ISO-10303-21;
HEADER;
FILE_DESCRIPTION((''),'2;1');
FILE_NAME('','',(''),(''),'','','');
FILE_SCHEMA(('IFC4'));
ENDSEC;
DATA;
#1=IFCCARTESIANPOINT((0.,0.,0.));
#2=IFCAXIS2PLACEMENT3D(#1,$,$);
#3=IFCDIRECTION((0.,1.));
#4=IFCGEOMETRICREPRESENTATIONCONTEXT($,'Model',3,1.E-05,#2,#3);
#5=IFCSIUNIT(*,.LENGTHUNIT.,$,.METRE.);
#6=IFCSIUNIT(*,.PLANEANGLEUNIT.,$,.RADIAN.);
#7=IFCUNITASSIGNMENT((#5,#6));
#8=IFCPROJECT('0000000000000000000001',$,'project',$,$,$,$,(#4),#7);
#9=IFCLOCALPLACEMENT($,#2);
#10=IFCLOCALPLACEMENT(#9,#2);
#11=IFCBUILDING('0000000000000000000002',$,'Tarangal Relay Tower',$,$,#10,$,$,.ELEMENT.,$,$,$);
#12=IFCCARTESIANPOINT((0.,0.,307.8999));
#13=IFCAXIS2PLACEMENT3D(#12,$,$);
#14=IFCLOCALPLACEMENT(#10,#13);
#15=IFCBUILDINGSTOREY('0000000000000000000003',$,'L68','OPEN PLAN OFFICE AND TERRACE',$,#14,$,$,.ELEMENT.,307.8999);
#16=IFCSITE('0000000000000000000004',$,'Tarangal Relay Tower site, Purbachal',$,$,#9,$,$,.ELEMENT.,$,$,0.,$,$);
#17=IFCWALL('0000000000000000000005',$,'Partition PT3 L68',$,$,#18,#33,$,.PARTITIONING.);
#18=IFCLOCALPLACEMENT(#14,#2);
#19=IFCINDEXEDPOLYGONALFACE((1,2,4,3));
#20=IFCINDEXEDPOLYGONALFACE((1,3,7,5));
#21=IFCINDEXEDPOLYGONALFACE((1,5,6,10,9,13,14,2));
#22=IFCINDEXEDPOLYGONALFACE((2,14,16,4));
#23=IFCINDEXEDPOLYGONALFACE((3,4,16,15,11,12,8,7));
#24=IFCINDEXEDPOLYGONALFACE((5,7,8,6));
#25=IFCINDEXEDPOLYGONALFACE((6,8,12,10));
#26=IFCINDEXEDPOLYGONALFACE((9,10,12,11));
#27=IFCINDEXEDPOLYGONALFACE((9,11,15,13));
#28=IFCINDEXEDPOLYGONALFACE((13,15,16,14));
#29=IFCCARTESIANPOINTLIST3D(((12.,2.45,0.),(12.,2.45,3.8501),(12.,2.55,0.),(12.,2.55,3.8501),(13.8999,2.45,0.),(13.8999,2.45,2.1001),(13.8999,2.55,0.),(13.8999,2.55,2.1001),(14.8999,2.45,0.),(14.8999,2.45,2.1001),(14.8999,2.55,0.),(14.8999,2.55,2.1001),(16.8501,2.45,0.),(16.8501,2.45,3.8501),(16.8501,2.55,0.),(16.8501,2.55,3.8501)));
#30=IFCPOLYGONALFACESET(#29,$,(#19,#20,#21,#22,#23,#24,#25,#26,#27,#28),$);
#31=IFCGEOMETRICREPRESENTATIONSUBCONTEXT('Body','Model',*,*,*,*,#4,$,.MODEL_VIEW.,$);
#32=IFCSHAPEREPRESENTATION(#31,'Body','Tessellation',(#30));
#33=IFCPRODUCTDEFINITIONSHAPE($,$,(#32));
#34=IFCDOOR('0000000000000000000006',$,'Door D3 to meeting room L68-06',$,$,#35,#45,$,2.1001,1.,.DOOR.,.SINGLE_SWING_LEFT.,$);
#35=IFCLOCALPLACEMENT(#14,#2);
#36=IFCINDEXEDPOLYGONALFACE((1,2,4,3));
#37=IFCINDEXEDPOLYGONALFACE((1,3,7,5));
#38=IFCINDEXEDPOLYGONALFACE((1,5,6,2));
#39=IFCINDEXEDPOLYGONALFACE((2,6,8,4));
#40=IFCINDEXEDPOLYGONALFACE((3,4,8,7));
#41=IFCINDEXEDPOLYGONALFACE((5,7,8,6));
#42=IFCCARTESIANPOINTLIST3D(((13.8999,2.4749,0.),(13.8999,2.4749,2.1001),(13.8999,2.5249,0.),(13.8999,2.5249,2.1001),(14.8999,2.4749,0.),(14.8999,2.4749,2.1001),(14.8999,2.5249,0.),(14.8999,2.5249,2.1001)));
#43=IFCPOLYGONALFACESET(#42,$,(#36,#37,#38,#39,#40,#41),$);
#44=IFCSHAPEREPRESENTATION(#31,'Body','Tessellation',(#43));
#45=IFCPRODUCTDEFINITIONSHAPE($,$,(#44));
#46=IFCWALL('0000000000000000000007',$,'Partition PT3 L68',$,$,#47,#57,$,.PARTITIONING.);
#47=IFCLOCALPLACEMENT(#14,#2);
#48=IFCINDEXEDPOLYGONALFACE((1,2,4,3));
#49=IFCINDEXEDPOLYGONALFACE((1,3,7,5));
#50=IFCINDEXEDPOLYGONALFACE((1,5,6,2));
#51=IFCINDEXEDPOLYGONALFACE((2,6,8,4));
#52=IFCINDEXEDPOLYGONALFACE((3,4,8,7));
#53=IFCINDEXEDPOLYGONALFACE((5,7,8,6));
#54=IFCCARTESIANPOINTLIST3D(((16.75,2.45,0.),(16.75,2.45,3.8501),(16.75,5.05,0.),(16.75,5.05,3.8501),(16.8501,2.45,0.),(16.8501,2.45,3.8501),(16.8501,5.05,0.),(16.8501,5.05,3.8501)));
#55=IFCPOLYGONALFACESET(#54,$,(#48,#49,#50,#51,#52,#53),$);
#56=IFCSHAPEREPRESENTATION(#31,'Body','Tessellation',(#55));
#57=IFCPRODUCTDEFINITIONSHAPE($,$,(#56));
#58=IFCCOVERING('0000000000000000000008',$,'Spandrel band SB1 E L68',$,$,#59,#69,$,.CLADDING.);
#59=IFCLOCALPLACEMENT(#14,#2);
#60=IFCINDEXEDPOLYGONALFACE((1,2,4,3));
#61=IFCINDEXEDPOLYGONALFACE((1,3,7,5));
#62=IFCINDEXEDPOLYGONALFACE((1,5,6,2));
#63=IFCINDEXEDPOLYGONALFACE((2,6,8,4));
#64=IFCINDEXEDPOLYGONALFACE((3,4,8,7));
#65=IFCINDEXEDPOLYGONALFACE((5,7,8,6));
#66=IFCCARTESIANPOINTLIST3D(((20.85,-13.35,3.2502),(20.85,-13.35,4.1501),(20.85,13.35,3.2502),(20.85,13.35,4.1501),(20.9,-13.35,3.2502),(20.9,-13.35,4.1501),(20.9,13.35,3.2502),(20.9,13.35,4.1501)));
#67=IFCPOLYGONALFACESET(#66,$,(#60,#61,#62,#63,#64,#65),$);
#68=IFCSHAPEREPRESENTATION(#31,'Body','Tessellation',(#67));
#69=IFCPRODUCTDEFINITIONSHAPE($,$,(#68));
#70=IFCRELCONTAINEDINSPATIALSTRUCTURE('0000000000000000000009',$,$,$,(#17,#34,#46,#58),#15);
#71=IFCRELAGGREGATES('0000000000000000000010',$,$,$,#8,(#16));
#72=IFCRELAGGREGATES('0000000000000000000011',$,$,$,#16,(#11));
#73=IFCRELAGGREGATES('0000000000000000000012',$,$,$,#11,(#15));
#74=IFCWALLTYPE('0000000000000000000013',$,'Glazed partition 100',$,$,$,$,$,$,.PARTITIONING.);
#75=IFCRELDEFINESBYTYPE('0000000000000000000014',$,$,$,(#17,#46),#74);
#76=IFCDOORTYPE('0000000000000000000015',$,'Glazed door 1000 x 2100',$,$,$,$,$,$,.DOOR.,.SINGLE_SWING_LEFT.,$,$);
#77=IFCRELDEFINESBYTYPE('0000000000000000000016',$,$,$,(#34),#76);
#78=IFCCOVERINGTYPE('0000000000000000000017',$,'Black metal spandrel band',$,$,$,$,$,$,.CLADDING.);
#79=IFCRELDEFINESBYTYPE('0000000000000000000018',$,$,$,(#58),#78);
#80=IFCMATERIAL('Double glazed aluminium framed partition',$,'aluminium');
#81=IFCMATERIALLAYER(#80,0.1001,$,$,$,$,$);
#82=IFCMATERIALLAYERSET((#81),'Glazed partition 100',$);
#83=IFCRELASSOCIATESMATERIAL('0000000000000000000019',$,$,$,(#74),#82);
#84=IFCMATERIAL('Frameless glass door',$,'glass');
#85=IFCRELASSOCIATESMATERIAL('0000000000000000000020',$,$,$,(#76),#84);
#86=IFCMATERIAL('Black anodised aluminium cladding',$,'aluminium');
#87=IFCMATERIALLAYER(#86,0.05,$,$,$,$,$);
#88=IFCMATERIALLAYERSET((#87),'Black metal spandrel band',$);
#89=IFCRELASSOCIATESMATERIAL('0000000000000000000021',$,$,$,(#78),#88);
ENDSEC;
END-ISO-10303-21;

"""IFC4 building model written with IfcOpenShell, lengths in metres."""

from ifc_helpers import new_model, si_unit, direction, frame, frame_2d, origin, origin_2d, place, context, subcontext, project, spatial, rectangle, extrude, material, layer, layer_set, type_object, element, fill, save


model = new_model("IFC4")

# Units and contexts
model_context = context("Model", 3, precision=1e-05, world=origin(), true_north=direction((0.0, 1.0)))
body_context = subcontext(model_context, "Body", "Model", "MODEL_VIEW")
ifc_project = project(units=[si_unit("LENGTHUNIT", "METRE"), si_unit("PLANEANGLEUNIT", "RADIAN")], contexts=[model_context])

# Site, building, storey
site_placement = place(None, origin())
site = spatial("IfcSite", under=ifc_project, at=site_placement, Name="Tarangal Relay Tower site, Purbachal", CompositionType="ELEMENT", RefElevation=0.0)
building_placement = place(site_placement, origin())
building = spatial("IfcBuilding", under=site, at=building_placement, Name="Tarangal Relay Tower", CompositionType="ELEMENT")
storey_placement = place(building_placement, frame((0.0, 0.0, 307.8999)))
storey = spatial("IfcBuildingStorey", under=building, at=storey_placement, Name="L68", Description="OPEN PLAN OFFICE AND TERRACE", CompositionType="ELEMENT", Elevation=307.8999)

# Wall, opening, door
ifc_material_1 = material(Name="Double glazed aluminium framed partition", Category="aluminium")
ifc_layer_1 = layer(ifc_material_1, 0.1001)
ifc_layer_set_1 = layer_set([ifc_layer_1], Name="Glazed partition 100")
wall_type_1 = type_object("IfcWallType", Name="Glazed partition 100", PredefinedType="PARTITIONING", material=ifc_layer_set_1)
wall_1_placement = place(storey_placement, frame((12.0, 2.5, 0.0), z_axis=(0.0, 0.0, 1.0), x_axis=(1.0, 0.0, 0.0)))
wall_1 = element("IfcWall", 1, at=wall_1_placement, inside=storey, type_object=wall_type_1, Name="Partition PT3 L68", PredefinedType="PARTITIONING", context=body_context, shape_type="SweptSolid", body=[
    extrude(rectangle(XDim=4.8501, YDim=0.1001, at=frame_2d((2.425, 0.0))), origin(), (0.0, 0.0, 1.0), 3.8501),
])
opening_1_placement = place(wall_1_placement, frame((1.8999, 0.0, 0.0)))
opening_1 = element("IfcOpeningElement", 2, at=opening_1_placement, cuts=wall_1, PredefinedType="OPENING", context=body_context, shape_type="SweptSolid", body=[
    extrude(rectangle(XDim=1.0, YDim=2.1001, at=frame_2d((0.5, 1.05))), frame((0.0, 0.0601, 0.0), z_axis=(0.0, -1.0, 0.0), x_axis=(1.0, 0.0, 0.0)), (0.0, 0.0, 1.0), 0.1201),
])
ifc_material_2 = material(Name="Frameless glass door", Category="glass")
door_type_1 = type_object("IfcDoorType", Name="Glazed door 1000 x 2100", OperationType="SINGLE_SWING_LEFT", PredefinedType="DOOR", material=ifc_material_2)
door_1_placement = place(opening_1_placement, origin())
door_1 = element("IfcDoor", 3, at=door_1_placement, inside=storey, type_object=door_type_1, Name="Door D3 to meeting room L68-06", OperationType="SINGLE_SWING_LEFT", OverallHeight=2.1001, OverallWidth=1.0, PredefinedType="DOOR", context=body_context, shape_type="SweptSolid", body=[
    extrude(rectangle(XDim=1.0, YDim=2.1001, at=frame_2d((0.5, 1.05))), frame((0.0, 0.0249, 0.0), z_axis=(0.0, -1.0, 0.0), x_axis=(1.0, 0.0, 0.0)), (0.0, 0.0, 1.0), 0.05),
])
fill(opening_1, door_1)

# Wall
wall_2_placement = place(storey_placement, frame((16.8, 2.45, 0.0), z_axis=(0.0, 0.0, 1.0), x_axis=(0.0, 1.0, 0.0)))
element("IfcWall", 4, at=wall_2_placement, inside=storey, type_object=wall_type_1, Name="Partition PT3 L68", PredefinedType="PARTITIONING", context=body_context, shape_type="SweptSolid", body=[
    extrude(rectangle(XDim=2.6001, YDim=0.1001, at=frame_2d((1.3, 0.0))), origin(), (0.0, 0.0, 1.0), 3.8501),
])

# Covering
ifc_material_3 = material(Name="Black anodised aluminium cladding", Category="aluminium")
ifc_layer_2 = layer(ifc_material_3, 0.05)
ifc_layer_set_2 = layer_set([ifc_layer_2], Name="Black metal spandrel band")
covering_type = type_object("IfcCoveringType", Name="Black metal spandrel band", PredefinedType="CLADDING", material=ifc_layer_set_2)
covering_placement = place(storey_placement, frame((20.875, 0.0, 3.2502), z_axis=(0.0, 0.0, 1.0), x_axis=(0.0, -1.0, 0.0)))
element("IfcCovering", 5, at=covering_placement, inside=storey, type_object=covering_type, Name="Spandrel band SB1 E L68", PredefinedType="CLADDING", context=body_context, shape_type="SweptSolid", body=[
    extrude(rectangle(XDim=26.7, YDim=0.05, at=origin_2d()), origin(), (0.0, 0.0, 1.0), 0.8999),
])

save(model, "model.ifc")
